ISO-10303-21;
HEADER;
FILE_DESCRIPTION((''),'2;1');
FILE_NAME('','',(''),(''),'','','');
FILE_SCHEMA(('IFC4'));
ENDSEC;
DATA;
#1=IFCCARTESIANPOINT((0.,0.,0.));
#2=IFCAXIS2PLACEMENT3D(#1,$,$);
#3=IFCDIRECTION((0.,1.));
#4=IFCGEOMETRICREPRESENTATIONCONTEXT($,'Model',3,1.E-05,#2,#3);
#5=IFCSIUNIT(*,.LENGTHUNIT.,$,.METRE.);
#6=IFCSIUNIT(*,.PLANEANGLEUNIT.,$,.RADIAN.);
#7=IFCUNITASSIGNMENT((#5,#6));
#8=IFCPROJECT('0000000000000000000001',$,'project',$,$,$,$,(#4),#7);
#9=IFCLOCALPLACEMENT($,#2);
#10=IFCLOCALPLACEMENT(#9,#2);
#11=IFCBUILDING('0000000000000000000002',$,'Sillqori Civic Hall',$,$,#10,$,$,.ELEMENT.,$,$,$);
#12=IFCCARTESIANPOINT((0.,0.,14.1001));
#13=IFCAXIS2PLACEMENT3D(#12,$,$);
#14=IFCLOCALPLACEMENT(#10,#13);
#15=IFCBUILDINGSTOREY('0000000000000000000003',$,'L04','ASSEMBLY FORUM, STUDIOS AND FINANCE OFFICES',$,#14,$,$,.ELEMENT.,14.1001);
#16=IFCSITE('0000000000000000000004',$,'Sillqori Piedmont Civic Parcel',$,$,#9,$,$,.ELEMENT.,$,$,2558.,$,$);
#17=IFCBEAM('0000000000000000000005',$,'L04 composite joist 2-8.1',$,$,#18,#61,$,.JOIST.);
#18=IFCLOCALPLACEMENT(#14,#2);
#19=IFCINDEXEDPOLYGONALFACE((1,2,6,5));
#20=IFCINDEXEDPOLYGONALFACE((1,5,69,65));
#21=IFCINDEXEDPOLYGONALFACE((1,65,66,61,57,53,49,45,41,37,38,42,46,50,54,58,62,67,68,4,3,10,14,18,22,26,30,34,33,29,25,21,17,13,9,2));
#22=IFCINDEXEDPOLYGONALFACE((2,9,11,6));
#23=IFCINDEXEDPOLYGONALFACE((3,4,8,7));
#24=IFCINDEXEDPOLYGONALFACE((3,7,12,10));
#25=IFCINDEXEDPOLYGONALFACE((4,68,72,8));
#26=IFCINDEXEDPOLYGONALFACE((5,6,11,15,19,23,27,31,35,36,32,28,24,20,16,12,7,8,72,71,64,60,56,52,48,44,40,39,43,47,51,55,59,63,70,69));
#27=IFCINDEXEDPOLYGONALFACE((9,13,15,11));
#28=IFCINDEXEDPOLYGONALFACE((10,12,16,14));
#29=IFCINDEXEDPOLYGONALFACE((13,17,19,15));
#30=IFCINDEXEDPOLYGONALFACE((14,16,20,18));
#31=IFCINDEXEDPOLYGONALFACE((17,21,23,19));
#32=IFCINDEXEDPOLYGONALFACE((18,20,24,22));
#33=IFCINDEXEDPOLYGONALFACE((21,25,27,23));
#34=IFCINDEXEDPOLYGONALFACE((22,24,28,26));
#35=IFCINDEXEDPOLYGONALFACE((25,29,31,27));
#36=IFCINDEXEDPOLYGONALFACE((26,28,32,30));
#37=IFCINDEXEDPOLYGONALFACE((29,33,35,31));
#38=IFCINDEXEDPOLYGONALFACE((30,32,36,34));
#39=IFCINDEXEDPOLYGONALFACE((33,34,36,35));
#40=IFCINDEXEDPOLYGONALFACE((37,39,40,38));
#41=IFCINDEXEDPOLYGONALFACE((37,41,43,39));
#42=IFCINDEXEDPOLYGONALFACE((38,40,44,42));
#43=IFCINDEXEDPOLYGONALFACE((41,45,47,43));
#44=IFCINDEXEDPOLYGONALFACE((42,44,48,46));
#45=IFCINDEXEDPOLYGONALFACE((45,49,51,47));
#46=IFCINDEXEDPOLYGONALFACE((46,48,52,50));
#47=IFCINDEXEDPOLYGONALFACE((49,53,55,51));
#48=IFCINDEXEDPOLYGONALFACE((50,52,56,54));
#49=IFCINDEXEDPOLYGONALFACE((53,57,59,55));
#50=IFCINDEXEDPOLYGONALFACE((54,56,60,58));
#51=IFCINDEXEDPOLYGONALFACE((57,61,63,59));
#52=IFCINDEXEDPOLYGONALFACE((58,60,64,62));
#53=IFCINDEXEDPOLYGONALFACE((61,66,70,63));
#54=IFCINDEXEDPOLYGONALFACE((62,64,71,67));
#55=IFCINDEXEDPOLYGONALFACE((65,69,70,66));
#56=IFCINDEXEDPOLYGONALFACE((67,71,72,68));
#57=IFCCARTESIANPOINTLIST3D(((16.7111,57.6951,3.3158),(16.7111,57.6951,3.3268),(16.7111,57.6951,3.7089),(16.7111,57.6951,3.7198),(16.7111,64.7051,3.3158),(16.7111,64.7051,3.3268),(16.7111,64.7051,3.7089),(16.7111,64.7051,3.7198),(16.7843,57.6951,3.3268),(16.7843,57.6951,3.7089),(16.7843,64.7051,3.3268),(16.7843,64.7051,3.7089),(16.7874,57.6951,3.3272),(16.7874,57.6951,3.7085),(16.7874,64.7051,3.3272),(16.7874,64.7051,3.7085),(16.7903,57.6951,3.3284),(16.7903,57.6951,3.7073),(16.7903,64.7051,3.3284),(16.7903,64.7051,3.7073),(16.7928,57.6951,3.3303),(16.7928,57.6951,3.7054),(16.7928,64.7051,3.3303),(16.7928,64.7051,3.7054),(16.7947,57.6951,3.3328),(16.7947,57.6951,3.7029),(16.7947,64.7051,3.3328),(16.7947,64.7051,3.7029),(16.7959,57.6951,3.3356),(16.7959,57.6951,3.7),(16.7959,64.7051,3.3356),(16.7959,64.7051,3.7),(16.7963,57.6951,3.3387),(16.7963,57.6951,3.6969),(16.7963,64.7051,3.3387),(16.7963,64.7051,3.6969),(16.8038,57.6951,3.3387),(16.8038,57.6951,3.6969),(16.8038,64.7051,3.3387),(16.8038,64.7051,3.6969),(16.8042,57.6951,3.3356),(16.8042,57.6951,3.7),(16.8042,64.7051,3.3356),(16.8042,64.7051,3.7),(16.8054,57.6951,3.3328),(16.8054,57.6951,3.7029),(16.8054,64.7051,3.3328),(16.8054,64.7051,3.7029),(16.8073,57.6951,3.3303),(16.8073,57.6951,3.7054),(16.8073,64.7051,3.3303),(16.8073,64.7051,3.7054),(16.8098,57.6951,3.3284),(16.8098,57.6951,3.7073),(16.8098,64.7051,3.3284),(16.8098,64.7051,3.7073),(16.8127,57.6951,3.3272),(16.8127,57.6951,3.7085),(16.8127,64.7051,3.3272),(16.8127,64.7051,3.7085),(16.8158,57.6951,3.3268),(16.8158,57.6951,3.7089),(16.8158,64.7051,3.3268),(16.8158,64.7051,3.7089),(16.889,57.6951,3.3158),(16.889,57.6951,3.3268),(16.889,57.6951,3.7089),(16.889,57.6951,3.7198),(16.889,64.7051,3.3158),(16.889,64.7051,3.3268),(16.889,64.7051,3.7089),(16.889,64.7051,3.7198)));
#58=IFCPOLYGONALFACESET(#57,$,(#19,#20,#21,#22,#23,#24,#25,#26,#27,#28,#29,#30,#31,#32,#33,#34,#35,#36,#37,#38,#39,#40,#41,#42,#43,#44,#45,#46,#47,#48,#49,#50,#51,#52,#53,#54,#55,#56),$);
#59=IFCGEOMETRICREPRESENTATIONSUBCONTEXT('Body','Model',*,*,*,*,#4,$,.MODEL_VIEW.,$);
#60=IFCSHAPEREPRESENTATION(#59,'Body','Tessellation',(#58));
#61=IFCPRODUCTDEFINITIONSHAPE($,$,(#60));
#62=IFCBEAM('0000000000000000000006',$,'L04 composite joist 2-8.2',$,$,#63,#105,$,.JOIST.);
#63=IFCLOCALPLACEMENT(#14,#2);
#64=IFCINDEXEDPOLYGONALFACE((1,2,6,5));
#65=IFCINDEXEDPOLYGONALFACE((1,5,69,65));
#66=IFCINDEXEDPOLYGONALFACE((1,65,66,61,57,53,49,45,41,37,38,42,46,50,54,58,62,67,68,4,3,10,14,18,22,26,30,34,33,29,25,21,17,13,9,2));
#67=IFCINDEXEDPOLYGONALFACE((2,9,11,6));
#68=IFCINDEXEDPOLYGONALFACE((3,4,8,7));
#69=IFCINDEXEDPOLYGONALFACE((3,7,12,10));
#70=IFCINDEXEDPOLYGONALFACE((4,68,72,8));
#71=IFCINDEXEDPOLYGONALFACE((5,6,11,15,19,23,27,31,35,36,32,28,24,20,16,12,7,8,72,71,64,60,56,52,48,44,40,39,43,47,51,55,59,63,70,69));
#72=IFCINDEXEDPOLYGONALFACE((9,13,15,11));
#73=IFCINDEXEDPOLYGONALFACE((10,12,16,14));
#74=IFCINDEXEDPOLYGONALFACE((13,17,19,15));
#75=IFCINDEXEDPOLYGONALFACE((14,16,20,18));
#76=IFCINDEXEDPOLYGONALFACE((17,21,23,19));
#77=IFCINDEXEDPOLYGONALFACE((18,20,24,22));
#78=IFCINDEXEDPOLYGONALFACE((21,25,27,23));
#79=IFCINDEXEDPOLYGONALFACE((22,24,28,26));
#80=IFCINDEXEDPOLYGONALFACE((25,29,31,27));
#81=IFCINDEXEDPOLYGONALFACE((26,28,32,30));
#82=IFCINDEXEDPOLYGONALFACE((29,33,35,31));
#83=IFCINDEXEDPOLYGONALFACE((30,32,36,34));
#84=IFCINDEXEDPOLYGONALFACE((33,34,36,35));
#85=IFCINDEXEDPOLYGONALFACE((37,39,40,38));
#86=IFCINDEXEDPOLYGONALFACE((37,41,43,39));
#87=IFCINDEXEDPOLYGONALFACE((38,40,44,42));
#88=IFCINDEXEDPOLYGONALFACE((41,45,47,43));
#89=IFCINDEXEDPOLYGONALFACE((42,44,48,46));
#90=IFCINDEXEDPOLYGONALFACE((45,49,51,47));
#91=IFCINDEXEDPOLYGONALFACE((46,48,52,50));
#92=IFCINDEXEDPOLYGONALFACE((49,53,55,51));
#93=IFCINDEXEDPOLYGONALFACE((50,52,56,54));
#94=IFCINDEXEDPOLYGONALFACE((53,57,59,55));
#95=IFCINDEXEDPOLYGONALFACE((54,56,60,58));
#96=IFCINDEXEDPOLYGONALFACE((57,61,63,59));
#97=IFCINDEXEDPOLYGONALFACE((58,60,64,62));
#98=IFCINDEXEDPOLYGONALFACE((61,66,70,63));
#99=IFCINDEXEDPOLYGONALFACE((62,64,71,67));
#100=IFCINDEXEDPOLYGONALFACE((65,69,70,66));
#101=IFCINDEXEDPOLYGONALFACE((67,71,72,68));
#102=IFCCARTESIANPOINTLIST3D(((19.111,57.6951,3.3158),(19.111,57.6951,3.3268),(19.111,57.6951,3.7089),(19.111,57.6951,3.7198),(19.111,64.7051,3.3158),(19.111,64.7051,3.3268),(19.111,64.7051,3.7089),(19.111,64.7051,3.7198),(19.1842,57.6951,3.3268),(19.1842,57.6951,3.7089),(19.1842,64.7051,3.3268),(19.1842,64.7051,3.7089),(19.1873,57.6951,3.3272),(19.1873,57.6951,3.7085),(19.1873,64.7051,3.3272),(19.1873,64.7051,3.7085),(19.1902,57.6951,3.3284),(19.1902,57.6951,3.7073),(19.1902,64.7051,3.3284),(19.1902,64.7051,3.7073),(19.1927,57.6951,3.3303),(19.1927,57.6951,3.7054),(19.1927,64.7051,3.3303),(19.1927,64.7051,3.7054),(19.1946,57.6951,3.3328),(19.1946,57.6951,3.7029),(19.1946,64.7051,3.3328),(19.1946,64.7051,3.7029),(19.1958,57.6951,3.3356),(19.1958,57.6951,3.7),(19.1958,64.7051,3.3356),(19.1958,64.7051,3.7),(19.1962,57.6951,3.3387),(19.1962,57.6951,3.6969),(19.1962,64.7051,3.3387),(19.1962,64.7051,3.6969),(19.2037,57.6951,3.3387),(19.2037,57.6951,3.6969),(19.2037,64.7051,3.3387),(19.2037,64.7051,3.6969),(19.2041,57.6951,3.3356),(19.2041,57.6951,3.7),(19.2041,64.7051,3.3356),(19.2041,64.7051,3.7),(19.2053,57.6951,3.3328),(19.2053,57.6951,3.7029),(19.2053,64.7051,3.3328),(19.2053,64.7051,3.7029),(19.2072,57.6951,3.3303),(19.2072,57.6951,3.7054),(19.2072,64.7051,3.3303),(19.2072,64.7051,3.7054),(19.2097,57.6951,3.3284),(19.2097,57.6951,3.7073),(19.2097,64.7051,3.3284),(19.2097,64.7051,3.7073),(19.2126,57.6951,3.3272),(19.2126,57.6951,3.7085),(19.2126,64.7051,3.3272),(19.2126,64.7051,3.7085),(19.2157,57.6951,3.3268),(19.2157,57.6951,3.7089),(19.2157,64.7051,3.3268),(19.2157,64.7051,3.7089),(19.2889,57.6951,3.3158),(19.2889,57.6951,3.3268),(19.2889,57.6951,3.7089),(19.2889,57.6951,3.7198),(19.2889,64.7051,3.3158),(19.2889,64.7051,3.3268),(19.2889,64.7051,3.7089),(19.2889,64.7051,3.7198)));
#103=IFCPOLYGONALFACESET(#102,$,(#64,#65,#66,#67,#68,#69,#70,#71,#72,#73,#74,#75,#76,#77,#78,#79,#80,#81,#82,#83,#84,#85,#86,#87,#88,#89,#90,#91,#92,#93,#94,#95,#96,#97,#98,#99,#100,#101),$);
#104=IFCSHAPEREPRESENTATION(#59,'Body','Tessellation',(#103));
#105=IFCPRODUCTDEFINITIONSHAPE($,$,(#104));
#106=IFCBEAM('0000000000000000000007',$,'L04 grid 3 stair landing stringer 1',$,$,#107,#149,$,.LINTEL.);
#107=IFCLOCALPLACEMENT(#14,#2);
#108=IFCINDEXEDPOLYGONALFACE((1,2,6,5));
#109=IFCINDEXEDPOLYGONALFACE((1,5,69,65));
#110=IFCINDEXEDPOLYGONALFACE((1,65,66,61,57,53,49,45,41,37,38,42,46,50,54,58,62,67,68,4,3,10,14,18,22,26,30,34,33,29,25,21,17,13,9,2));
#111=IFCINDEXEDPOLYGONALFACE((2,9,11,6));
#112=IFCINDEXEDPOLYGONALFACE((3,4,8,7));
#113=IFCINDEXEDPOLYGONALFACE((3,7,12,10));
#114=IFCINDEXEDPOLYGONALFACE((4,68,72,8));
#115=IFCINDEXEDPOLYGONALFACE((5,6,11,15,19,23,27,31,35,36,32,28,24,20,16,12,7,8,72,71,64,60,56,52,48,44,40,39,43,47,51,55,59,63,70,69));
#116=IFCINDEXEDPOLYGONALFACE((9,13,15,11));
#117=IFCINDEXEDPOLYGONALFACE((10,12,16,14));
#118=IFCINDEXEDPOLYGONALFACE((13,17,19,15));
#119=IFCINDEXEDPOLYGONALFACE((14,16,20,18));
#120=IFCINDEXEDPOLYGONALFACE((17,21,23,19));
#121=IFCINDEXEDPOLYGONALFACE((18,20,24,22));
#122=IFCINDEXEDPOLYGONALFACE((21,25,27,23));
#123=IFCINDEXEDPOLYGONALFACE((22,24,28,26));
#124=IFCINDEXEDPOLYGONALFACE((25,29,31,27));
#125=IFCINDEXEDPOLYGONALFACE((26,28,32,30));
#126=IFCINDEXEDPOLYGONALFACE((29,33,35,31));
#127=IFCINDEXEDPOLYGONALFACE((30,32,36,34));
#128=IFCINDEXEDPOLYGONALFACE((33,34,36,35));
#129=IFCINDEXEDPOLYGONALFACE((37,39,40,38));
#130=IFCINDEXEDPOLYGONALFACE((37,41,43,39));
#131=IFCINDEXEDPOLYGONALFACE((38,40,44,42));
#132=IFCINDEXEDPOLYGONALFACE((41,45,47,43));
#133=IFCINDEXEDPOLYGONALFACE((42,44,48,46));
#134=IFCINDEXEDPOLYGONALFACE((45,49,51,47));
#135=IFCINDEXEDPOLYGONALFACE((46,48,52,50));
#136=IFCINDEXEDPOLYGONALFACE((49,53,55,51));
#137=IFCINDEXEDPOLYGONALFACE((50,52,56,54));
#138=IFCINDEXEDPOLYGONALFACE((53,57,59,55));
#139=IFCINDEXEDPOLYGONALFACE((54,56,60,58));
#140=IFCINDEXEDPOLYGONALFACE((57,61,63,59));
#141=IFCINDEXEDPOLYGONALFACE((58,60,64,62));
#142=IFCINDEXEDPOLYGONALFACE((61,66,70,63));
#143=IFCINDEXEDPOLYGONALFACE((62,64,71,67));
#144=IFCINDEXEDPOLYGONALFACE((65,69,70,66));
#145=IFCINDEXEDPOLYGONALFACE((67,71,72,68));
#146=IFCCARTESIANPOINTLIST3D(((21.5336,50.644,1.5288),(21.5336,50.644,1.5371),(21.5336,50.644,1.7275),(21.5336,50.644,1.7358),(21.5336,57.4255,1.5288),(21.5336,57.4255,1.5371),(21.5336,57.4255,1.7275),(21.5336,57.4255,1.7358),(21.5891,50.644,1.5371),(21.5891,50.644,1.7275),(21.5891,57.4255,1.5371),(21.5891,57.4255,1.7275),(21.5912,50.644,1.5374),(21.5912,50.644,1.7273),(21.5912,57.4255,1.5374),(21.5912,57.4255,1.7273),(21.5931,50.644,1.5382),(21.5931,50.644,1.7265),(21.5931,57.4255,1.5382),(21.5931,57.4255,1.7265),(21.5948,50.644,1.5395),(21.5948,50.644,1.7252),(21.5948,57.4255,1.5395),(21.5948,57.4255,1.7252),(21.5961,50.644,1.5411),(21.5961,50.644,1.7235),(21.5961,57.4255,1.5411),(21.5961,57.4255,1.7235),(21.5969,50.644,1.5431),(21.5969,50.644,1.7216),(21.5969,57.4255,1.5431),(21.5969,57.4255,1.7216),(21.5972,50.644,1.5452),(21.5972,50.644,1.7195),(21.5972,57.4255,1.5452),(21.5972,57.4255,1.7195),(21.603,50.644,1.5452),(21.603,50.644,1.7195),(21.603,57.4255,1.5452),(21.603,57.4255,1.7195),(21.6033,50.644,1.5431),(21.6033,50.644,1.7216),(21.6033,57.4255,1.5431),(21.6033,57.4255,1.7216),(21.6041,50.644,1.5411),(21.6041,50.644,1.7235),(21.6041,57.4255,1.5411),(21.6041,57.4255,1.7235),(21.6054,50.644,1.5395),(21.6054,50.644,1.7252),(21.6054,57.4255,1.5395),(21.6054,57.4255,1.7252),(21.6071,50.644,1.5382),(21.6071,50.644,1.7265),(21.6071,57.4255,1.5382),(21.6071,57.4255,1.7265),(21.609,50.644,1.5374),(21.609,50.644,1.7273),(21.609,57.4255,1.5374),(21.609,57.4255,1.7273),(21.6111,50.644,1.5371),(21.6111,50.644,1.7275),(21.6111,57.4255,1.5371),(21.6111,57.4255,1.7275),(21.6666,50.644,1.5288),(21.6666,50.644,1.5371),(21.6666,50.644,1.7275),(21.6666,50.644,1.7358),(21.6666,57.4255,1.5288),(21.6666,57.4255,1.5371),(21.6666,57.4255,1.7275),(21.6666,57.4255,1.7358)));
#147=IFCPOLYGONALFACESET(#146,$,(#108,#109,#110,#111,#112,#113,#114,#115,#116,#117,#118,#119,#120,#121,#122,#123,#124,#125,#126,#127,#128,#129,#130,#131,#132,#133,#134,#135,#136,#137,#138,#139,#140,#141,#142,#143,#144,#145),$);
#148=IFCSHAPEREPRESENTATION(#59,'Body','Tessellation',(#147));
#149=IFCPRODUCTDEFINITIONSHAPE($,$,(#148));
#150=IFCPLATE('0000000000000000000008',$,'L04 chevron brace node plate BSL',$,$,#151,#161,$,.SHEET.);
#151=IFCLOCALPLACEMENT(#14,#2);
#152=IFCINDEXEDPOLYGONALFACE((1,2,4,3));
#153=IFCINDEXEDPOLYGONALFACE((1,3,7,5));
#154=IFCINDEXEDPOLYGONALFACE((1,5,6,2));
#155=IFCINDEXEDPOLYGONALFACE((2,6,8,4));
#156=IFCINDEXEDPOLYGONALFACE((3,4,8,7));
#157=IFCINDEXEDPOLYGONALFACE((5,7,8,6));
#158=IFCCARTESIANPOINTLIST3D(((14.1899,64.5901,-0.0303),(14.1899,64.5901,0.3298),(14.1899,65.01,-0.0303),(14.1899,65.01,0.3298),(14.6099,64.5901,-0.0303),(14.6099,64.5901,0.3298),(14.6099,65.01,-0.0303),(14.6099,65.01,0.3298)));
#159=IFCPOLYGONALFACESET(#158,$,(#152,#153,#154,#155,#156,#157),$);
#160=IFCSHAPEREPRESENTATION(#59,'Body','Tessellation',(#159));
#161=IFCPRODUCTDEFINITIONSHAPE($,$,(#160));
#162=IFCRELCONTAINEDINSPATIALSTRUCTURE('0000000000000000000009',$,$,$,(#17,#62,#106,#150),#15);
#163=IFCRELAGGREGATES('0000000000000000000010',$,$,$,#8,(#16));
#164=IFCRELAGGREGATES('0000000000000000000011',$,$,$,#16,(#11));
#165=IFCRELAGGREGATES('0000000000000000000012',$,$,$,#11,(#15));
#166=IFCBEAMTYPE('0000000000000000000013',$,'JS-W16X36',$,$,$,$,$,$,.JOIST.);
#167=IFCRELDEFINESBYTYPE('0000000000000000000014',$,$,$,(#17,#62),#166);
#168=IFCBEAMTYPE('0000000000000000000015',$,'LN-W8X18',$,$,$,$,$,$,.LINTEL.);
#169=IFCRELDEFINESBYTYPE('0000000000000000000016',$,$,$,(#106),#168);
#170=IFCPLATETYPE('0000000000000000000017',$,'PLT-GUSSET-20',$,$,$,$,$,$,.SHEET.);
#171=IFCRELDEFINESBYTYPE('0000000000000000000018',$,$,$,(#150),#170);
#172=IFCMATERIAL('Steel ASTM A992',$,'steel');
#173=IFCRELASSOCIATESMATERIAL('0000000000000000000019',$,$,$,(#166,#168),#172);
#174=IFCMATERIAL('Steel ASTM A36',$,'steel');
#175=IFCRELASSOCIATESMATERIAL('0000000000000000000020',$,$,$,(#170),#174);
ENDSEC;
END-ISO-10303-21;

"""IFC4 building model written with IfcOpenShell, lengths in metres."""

from ifc_helpers import new_model, si_unit, direction, frame, origin, origin_2d, place, context, subcontext, project, spatial, rectangle, i_section, extrude, material, material_profile, profile_set, type_object, element, save


model = new_model("IFC4")

# Units and contexts
model_context = context("Model", 3, precision=1e-05, world=origin(), true_north=direction((0.0, 1.0)))
body_context = subcontext(model_context, "Body", "Model", "MODEL_VIEW")
ifc_project = project(units=[si_unit("LENGTHUNIT", "METRE"), si_unit("PLANEANGLEUNIT", "RADIAN")], contexts=[model_context])

# Site, building, storey
site_placement = place(None, origin())
site = spatial("IfcSite", under=ifc_project, at=site_placement, Name="Sillqori Piedmont Civic Parcel", CompositionType="ELEMENT", RefElevation=2558.0)
building_placement = place(site_placement, origin())
building = spatial("IfcBuilding", under=site, at=building_placement, Name="Sillqori Civic Hall", CompositionType="ELEMENT")
storey_placement = place(building_placement, frame((0.0, 0.0, 14.1001)))
storey = spatial("IfcBuildingStorey", under=building, at=storey_placement, Name="L04", Description="ASSEMBLY FORUM, STUDIOS AND FINANCE OFFICES", CompositionType="ELEMENT", Elevation=14.1001)

# Shared definitions
ifc_material_1 = material(Name="Steel ASTM A992", Category="steel")

# Beams
ifc_material_profile_1 = material_profile(ifc_material_1, i_section(OverallWidth=0.178, OverallDepth=0.4041, WebThickness=0.0076, FlangeThickness=0.011, FilletRadius=0.012, at=origin_2d()), Name="W16X36")
ifc_profile_set_1 = profile_set([ifc_material_profile_1], Name="Steel ASTM A992")
beam_type_1 = type_object("IfcBeamType", Name="JS-W16X36", PredefinedType="JOIST", material=ifc_profile_set_1)
for number, where, z_axis, x_axis, name in (
    (1, (16.8, 57.6951, 3.5178), (0.0, 1.0, 0.0), (-1.0, 0.0, 0.0), "L04 composite joist 2-8.1"),
    (2, (19.2, 57.6951, 3.5178), (0.0, 1.0, 0.0), (-1.0, 0.0, 0.0), "L04 composite joist 2-8.2"),
):
    element("IfcBeam", number, at=place(storey_placement, frame(where, z_axis=z_axis, x_axis=x_axis)), inside=storey, type_object=beam_type_1, Name=name, PredefinedType="JOIST", context=body_context, shape_type="SweptSolid", body=[
        extrude(i_section(OverallWidth=0.178, OverallDepth=0.4041, WebThickness=0.0076, FlangeThickness=0.011, FilletRadius=0.012, at=origin_2d()), origin(), (0.0, 0.0, 1.0), 7.01),
    ])
ifc_material_profile_2 = material_profile(ifc_material_1, i_section(OverallWidth=0.1331, OverallDepth=0.207, WebThickness=0.0059, FlangeThickness=0.0083, FilletRadius=0.0081, at=origin_2d()), Name="W8X18")
ifc_profile_set_2 = profile_set([ifc_material_profile_2], Name="Steel ASTM A992")
beam_type_2 = type_object("IfcBeamType", Name="LN-W8X18", PredefinedType="LINTEL", material=ifc_profile_set_2)
beam_1_placement = place(storey_placement, frame((21.6001, 50.644, 1.6323), z_axis=(0.0, 1.0, 0.0), x_axis=(-1.0, 0.0, 0.0)))
element("IfcBeam", 3, at=beam_1_placement, inside=storey, type_object=beam_type_2, Name="L04 grid 3 stair landing stringer 1", PredefinedType="LINTEL", context=body_context, shape_type="SweptSolid", body=[
    extrude(i_section(OverallWidth=0.1331, OverallDepth=0.207, WebThickness=0.0059, FlangeThickness=0.0083, FilletRadius=0.0081, at=origin_2d()), origin(), (0.0, 0.0, 1.0), 6.7815),
])

# Plate
ifc_material_2 = material(Name="Steel ASTM A36", Category="steel")
plate_type = type_object("IfcPlateType", Name="PLT-GUSSET-20", PredefinedType="SHEET", material=ifc_material_2)
plate_placement = place(storey_placement, frame((14.3999, 64.8, -0.0303), z_axis=(0.0, 0.0, 1.0), x_axis=(1.0, 0.0, 0.0)))
element("IfcPlate", 4, at=plate_placement, inside=storey, type_object=plate_type, Name="L04 chevron brace node plate BSL", PredefinedType="SHEET", context=body_context, shape_type="SweptSolid", body=[
    extrude(rectangle(XDim=0.4199, YDim=0.4199, at=origin_2d()), origin(), (0.0, 0.0, 1.0), 0.3601),
])

save(model, "model.ifc")
